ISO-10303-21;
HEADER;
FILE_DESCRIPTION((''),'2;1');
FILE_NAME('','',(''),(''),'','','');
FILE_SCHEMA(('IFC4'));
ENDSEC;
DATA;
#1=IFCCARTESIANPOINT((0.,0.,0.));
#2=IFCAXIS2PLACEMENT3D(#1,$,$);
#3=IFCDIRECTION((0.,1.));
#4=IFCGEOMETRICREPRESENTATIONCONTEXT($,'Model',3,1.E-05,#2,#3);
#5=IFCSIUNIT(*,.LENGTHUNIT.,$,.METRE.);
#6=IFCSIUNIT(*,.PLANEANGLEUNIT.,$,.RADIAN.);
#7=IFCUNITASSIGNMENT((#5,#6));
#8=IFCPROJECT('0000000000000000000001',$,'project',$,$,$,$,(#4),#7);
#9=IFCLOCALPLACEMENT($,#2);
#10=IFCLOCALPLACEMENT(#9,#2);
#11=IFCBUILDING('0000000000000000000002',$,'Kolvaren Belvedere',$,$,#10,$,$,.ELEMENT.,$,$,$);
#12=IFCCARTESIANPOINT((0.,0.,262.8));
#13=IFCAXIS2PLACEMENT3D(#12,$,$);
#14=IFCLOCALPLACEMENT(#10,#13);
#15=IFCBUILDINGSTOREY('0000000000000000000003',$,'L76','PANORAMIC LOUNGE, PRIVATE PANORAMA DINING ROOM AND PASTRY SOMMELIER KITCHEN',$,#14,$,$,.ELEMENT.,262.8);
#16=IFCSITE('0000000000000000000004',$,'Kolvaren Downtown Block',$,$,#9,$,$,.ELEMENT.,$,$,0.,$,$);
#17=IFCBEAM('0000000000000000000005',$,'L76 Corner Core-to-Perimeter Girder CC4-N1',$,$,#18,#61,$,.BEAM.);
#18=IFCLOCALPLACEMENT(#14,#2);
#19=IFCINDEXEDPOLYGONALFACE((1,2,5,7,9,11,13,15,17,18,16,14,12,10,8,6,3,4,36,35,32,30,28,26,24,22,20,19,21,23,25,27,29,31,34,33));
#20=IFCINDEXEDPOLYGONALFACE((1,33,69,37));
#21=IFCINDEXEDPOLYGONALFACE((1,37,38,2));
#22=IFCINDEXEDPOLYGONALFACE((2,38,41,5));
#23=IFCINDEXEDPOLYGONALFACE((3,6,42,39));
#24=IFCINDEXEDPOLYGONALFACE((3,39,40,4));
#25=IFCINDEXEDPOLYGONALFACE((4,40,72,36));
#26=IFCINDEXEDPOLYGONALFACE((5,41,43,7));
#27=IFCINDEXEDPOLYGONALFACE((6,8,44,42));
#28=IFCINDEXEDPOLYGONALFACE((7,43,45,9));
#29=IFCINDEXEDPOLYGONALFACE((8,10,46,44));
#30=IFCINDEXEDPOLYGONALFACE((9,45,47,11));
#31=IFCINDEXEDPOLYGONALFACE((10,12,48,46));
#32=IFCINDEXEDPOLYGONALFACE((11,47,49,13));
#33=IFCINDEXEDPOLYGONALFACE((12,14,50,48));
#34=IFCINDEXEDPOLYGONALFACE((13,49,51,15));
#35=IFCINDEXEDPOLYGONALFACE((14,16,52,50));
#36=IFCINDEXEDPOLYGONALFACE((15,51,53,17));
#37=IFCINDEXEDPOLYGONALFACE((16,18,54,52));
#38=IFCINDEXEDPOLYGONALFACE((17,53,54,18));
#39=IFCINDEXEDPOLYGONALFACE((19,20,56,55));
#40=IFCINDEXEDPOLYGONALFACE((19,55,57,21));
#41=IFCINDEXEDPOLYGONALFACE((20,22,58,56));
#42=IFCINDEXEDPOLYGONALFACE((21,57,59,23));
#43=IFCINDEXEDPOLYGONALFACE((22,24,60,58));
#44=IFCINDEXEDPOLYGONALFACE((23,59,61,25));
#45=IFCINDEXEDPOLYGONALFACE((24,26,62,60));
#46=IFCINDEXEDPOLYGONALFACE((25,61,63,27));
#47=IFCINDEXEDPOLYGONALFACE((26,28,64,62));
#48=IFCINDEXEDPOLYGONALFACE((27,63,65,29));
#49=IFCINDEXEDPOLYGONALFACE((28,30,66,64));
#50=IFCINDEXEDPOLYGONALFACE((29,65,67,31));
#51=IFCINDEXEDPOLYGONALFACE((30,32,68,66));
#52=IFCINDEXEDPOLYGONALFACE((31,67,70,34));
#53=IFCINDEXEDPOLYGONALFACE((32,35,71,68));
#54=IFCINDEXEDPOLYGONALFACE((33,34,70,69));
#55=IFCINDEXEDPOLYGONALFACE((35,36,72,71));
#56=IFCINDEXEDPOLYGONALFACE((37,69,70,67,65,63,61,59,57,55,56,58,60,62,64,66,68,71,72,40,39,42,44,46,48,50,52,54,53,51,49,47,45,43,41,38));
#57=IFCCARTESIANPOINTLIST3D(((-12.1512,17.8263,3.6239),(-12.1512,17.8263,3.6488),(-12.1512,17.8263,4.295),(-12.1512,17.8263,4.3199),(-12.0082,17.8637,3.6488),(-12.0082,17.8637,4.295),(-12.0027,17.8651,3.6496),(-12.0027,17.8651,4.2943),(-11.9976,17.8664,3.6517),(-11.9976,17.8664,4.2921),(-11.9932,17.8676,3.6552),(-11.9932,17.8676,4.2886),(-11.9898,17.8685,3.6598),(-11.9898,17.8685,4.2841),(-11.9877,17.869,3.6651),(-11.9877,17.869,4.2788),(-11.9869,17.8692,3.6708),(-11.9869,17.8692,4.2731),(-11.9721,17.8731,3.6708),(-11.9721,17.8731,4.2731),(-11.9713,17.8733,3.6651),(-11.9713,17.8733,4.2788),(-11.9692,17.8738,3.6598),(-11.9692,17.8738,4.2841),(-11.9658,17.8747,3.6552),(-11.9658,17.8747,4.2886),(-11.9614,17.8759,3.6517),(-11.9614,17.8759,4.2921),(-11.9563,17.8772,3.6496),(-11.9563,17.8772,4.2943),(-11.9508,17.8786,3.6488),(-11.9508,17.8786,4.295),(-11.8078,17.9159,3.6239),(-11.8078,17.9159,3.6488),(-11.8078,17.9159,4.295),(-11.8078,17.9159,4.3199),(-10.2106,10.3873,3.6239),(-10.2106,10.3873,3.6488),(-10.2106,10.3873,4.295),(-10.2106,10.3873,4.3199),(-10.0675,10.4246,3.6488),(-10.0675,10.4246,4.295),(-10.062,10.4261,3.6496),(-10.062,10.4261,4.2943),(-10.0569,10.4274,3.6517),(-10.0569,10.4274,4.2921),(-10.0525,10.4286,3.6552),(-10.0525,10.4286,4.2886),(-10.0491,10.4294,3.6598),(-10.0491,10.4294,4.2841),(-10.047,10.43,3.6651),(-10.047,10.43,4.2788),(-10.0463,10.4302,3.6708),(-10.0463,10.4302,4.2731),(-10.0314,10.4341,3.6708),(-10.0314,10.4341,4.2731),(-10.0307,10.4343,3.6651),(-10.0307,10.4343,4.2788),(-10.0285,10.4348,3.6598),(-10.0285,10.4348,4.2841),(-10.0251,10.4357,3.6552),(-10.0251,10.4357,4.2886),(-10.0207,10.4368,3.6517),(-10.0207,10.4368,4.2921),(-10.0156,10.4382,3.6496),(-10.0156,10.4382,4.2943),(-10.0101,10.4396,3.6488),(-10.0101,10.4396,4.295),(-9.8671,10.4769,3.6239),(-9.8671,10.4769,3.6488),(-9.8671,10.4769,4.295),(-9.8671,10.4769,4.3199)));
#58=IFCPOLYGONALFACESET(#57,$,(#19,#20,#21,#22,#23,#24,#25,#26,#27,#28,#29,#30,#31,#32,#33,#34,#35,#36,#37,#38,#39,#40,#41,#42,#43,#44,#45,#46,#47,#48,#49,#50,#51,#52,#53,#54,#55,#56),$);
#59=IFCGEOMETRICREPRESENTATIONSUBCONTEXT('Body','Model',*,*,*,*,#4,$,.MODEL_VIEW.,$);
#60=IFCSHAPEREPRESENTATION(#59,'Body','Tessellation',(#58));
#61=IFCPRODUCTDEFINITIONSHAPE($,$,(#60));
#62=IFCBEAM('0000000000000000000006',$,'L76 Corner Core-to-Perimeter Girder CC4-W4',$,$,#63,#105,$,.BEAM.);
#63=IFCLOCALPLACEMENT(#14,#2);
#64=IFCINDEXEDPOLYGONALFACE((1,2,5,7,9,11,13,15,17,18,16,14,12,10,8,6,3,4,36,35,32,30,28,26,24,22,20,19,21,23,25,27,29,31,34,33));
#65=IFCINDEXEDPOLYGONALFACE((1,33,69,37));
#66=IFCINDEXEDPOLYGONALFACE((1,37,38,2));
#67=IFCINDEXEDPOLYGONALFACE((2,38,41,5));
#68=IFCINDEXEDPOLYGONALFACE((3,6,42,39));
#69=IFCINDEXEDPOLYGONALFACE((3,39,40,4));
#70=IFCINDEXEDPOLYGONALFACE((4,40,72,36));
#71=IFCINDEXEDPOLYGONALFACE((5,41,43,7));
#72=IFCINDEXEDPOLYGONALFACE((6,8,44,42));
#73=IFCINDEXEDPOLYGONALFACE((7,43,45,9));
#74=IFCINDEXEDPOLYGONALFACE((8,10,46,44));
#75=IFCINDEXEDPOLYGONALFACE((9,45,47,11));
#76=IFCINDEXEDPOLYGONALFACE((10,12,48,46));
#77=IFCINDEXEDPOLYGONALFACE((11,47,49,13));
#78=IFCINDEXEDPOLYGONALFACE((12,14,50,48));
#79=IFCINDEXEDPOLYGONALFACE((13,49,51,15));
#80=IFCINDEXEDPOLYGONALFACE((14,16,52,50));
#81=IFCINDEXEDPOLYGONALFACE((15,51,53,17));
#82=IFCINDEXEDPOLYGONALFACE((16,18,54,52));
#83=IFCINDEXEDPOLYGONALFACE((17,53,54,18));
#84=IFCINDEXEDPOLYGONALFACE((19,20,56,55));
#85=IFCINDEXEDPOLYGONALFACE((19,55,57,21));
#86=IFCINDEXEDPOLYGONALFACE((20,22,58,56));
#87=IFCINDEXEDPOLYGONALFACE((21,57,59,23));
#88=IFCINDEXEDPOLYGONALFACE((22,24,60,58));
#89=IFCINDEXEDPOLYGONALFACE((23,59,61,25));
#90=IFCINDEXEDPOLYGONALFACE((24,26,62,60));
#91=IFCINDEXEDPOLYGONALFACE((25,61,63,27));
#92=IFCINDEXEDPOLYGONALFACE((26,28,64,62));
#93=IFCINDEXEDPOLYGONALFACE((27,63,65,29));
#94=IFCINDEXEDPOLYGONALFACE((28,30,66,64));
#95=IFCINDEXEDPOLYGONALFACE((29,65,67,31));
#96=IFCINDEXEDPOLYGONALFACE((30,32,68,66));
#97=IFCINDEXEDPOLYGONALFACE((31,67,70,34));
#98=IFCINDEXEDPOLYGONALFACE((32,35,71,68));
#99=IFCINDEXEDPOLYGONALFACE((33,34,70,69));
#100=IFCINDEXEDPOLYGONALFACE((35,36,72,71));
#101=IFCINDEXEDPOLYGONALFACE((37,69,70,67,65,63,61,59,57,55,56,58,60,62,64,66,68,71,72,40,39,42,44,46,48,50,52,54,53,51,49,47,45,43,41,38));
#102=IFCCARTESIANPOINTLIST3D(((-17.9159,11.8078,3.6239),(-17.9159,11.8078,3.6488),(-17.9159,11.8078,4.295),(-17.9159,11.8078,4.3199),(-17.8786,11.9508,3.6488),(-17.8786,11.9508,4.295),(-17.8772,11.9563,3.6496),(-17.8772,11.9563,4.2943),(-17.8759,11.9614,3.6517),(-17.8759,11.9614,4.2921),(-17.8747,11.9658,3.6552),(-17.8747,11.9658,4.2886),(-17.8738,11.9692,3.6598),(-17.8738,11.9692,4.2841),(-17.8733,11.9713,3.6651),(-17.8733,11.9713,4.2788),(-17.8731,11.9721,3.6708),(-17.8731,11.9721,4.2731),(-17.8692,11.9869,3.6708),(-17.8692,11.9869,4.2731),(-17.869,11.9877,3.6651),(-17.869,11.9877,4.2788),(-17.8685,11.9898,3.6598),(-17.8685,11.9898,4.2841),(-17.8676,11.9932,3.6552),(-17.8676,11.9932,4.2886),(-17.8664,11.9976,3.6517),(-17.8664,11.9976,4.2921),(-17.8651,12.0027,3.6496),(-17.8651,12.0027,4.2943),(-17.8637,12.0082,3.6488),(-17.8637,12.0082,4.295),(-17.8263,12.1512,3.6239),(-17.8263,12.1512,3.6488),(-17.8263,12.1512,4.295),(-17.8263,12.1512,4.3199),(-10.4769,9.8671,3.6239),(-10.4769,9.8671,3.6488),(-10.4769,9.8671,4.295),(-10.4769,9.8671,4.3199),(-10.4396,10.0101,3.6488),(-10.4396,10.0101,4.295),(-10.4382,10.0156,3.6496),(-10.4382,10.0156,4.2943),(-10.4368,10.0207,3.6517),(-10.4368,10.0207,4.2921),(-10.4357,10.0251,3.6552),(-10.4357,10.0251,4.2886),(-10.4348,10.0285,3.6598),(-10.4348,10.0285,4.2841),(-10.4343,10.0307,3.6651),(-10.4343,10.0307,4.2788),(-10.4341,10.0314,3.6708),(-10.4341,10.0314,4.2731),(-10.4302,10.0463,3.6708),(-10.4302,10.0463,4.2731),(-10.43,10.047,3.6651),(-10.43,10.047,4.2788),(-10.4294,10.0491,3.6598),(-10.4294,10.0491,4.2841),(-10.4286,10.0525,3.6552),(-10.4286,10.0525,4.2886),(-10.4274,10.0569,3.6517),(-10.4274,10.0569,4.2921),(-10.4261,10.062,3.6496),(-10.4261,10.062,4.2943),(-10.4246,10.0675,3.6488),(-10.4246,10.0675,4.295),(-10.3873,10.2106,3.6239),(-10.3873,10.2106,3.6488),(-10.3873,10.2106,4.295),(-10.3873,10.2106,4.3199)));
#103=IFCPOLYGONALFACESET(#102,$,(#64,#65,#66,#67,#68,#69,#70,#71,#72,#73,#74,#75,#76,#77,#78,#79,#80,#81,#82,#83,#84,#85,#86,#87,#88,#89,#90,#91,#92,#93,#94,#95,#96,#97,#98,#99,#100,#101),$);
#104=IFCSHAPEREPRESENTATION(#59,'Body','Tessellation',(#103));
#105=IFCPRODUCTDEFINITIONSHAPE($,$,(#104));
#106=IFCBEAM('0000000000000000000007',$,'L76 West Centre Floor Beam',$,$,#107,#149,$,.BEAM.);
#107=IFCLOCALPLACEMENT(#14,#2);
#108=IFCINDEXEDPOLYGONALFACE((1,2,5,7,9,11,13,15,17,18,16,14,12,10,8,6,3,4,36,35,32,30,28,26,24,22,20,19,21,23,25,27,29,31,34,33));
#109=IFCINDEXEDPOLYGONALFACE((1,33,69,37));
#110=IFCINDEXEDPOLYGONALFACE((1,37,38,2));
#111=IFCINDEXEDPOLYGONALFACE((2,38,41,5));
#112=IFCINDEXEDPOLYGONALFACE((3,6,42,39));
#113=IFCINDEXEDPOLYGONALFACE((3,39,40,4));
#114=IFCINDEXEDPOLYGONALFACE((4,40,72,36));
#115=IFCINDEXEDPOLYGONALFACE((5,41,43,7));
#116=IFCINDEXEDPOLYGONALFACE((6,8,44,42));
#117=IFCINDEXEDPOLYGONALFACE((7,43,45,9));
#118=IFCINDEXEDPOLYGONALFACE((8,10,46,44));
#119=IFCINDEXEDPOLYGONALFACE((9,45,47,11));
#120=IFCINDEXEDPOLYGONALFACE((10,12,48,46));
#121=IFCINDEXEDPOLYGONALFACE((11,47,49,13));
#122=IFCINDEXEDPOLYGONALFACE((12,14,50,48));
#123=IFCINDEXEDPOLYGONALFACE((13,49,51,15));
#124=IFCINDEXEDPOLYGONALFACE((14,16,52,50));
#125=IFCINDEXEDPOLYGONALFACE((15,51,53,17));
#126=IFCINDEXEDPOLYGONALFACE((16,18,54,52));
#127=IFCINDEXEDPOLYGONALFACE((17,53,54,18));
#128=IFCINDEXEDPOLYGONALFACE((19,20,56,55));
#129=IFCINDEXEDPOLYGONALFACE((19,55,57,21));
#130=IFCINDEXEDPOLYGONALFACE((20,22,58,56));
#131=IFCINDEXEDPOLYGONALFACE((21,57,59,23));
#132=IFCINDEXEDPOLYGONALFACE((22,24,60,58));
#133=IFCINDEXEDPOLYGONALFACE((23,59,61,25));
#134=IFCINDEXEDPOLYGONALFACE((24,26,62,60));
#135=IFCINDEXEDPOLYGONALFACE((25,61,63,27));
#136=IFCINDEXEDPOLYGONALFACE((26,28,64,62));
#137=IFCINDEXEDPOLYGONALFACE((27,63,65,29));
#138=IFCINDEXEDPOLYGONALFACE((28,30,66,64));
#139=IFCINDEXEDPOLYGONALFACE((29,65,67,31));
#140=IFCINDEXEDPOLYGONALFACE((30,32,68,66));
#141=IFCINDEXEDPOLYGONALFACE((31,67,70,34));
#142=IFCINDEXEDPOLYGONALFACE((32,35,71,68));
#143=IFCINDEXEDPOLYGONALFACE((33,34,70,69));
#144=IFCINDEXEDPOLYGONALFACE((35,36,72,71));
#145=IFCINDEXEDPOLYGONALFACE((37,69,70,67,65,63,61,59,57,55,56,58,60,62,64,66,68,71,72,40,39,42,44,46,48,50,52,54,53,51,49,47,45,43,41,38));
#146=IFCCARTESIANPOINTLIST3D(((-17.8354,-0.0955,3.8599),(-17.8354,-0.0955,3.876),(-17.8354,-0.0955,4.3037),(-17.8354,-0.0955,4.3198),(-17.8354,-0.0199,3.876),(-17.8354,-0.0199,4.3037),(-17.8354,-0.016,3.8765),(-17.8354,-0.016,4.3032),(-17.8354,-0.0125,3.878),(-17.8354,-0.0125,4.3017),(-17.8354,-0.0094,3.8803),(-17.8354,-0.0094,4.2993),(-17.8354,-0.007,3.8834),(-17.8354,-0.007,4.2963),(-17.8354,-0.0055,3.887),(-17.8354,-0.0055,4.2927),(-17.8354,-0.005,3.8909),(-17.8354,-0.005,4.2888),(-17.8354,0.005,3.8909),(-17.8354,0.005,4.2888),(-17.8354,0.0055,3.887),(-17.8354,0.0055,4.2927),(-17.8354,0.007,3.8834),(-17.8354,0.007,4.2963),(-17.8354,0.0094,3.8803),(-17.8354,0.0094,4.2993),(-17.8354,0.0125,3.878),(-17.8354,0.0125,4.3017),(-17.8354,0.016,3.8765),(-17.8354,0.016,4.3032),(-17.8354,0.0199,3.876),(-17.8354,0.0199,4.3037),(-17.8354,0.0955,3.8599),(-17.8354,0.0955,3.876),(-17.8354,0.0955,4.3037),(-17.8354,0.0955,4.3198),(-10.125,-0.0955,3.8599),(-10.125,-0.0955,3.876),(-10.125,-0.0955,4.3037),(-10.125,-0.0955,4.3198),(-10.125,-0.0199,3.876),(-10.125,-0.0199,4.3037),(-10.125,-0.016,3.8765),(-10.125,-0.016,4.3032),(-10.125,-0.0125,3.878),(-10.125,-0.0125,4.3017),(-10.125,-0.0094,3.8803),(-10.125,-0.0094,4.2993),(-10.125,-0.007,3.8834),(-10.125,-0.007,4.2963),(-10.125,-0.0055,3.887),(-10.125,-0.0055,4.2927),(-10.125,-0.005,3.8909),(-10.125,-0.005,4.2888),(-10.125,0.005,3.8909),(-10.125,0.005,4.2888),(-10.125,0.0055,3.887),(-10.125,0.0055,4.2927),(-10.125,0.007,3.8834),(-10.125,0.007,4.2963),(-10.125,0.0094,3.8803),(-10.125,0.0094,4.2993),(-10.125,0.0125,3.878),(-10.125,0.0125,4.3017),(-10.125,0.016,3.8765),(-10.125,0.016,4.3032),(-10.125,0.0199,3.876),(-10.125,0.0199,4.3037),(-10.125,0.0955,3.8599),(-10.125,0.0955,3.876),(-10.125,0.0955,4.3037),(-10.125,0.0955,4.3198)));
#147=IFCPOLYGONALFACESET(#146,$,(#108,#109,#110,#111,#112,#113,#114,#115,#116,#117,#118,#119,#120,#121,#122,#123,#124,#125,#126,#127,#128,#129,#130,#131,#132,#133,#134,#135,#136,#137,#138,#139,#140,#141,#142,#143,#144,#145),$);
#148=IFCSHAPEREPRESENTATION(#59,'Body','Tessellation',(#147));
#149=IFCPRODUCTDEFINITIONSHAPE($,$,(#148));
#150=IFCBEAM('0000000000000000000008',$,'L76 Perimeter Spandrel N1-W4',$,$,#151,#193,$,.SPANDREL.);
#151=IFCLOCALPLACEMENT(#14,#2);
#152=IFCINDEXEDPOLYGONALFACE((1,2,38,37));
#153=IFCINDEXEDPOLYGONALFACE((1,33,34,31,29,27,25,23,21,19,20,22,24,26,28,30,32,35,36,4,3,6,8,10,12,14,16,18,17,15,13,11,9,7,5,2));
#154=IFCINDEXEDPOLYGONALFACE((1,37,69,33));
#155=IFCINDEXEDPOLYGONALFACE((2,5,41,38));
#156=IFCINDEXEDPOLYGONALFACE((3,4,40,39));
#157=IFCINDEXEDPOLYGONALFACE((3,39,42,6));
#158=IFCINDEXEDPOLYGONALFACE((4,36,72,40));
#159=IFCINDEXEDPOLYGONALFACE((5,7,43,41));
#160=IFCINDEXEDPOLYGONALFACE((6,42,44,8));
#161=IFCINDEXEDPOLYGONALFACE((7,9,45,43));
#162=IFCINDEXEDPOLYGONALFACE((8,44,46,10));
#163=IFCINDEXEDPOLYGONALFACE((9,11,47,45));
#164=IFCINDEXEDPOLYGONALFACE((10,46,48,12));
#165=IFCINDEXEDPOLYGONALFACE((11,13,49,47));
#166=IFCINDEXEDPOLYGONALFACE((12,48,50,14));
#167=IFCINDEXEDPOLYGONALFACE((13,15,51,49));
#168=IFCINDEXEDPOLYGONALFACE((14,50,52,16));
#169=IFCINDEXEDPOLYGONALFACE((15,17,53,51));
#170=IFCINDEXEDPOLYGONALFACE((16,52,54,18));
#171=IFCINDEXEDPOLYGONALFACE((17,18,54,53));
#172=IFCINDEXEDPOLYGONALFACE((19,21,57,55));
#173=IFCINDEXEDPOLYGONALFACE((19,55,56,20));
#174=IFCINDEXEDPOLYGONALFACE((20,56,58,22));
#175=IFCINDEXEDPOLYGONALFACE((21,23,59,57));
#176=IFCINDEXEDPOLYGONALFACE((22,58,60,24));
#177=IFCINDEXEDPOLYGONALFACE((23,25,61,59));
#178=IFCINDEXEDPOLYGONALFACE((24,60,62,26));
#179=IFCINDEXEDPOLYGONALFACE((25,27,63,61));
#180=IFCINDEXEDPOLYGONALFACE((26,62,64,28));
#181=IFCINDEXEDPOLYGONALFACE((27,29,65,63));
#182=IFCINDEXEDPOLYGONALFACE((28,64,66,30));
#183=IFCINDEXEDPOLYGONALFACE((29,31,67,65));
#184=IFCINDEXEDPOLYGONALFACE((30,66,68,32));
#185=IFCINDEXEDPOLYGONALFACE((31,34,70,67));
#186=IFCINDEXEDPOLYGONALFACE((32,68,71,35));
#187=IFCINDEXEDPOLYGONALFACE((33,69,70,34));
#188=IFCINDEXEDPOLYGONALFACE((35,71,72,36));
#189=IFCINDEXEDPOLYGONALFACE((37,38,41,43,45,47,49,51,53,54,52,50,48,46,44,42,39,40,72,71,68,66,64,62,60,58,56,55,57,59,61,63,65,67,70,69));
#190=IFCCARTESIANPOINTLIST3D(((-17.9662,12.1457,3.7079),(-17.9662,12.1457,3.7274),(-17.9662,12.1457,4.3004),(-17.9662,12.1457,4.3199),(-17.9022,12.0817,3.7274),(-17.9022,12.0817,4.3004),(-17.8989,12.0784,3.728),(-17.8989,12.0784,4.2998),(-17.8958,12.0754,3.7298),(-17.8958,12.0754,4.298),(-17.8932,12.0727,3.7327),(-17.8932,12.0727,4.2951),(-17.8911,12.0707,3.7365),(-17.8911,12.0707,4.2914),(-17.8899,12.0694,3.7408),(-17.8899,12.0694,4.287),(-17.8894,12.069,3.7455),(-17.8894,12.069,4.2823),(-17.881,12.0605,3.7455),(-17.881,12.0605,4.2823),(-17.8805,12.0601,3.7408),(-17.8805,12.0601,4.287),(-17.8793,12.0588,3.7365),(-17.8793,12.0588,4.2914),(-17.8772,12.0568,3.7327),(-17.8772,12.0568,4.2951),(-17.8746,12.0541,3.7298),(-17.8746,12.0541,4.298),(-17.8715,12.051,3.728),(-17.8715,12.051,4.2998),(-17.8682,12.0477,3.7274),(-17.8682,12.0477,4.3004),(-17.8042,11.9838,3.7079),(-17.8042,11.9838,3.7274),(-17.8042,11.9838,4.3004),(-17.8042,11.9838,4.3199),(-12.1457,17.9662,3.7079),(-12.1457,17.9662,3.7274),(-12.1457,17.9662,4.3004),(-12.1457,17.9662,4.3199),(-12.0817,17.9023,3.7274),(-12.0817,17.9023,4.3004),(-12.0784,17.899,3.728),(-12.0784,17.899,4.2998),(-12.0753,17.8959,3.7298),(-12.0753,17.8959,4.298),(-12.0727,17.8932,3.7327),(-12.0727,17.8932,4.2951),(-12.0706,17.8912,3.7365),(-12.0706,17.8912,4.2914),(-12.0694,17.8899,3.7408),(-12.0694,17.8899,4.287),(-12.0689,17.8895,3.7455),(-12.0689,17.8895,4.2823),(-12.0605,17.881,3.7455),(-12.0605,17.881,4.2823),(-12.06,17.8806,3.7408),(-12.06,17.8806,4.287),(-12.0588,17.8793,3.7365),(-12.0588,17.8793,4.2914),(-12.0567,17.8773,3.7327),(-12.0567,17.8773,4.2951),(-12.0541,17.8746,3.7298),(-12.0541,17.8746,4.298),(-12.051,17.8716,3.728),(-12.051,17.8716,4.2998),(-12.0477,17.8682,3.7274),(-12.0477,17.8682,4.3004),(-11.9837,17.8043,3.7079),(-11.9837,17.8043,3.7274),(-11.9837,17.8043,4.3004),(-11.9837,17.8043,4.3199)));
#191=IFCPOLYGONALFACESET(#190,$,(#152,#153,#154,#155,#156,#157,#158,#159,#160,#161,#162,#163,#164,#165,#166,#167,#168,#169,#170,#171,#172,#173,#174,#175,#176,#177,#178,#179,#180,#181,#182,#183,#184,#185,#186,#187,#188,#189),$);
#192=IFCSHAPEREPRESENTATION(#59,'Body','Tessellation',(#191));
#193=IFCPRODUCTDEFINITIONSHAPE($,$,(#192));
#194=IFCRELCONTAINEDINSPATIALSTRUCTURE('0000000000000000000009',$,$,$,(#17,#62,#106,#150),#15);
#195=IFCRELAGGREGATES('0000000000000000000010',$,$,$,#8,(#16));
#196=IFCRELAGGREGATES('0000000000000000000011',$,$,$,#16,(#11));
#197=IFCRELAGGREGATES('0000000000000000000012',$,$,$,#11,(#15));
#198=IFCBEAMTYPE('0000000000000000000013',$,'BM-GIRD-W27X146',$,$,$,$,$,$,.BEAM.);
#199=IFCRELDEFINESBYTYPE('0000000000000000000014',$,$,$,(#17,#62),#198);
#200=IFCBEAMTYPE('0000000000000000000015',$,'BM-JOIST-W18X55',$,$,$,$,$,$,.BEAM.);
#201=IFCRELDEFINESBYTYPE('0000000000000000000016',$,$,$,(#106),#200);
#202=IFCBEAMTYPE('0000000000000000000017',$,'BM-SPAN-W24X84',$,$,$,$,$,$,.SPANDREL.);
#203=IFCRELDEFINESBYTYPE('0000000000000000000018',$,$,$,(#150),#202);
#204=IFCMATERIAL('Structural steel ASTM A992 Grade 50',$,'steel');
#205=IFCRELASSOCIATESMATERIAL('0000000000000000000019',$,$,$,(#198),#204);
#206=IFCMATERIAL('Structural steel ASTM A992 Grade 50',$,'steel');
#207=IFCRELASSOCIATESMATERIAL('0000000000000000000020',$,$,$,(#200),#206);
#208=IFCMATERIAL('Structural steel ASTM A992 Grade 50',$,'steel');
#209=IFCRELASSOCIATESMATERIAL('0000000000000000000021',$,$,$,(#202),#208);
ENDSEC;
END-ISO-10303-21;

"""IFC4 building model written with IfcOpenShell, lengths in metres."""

from ifc_helpers import new_model, si_unit, direction, frame, origin, origin_2d, place, context, subcontext, project, spatial, i_section, extrude, material, material_profile, profile_set, type_object, element, save


model = new_model("IFC4")

# Units and contexts
model_context = context("Model", 3, precision=1e-05, world=origin(), true_north=direction((0.0, 1.0)))
body_context = subcontext(model_context, "Body", "Model", "MODEL_VIEW")
ifc_project = project(units=[si_unit("LENGTHUNIT", "METRE"), si_unit("PLANEANGLEUNIT", "RADIAN")], contexts=[model_context])

# Site, building, storey
site_placement = place(None, origin())
site = spatial("IfcSite", under=ifc_project, at=site_placement, Name="Kolvaren Downtown Block", CompositionType="ELEMENT", RefElevation=0.0)
building_placement = place(site_placement, origin())
building = spatial("IfcBuilding", under=site, at=building_placement, Name="Kolvaren Belvedere", CompositionType="ELEMENT")
storey_placement = place(building_placement, frame((0.0, 0.0, 262.8)))
storey = spatial("IfcBuildingStorey", under=building, at=storey_placement, Name="L76", Description="PANORAMIC LOUNGE, PRIVATE PANORAMA DINING ROOM AND PASTRY SOMMELIER KITCHEN", CompositionType="ELEMENT", Elevation=262.8)

# Beams
ifc_material_1 = material(Name="Structural steel ASTM A992 Grade 50", Category="steel")
ifc_material_profile_1 = material_profile(ifc_material_1, i_section(OverallWidth=0.355, OverallDepth=0.696, WebThickness=0.0154, FlangeThickness=0.0249, FilletRadius=0.022, at=origin_2d()), Name="W27X146")
ifc_profile_set_1 = profile_set([ifc_material_profile_1], Name="Structural steel ASTM A992 Grade 50")
beam_type_1 = type_object("IfcBeamType", Name="BM-GIRD-W27X146", PredefinedType="BEAM", material=ifc_profile_set_1)
for number, where, z_axis, x_axis, name in (
    (1, (-10.0388, 10.4321, 3.9719), (-0.252431, 0.967615, 0.0), (-0.967615, -0.252431, 0.0), "L76 Corner Core-to-Perimeter Girder CC4-N1"),
    (2, (-10.4321, 10.0388, 3.9719), (-0.967615, 0.252431, 0.0), (-0.252431, -0.967615, 0.0), "L76 Corner Core-to-Perimeter Girder CC4-W4"),
):
    element("IfcBeam", number, at=place(storey_placement, frame(where, z_axis=z_axis, x_axis=x_axis)), inside=storey, type_object=beam_type_1, Name=name, PredefinedType="BEAM", context=body_context, shape_type="SweptSolid", body=[
        extrude(i_section(OverallWidth=0.355, OverallDepth=0.696, WebThickness=0.0154, FlangeThickness=0.0249, FilletRadius=0.022, at=origin_2d()), origin(), (0.0, 0.0, 1.0), 7.688),
    ])
ifc_material_2 = material(Name="Structural steel ASTM A992 Grade 50", Category="steel")
ifc_material_profile_2 = material_profile(ifc_material_2, i_section(OverallWidth=0.1909, OverallDepth=0.46, WebThickness=0.01, FlangeThickness=0.0161, FilletRadius=0.0149, at=origin_2d()), Name="W18X55")
ifc_profile_set_2 = profile_set([ifc_material_profile_2], Name="Structural steel ASTM A992 Grade 50")
beam_type_2 = type_object("IfcBeamType", Name="BM-JOIST-W18X55", PredefinedType="BEAM", material=ifc_profile_set_2)
beam_1_placement = place(storey_placement, frame((-10.125, 0.0, 4.0898), z_axis=(-1.0, 0.0, 0.0), x_axis=(0.0, -1.0, 0.0)))
element("IfcBeam", 3, at=beam_1_placement, inside=storey, type_object=beam_type_2, Name="L76 West Centre Floor Beam", PredefinedType="BEAM", context=body_context, shape_type="SweptSolid", body=[
    extrude(i_section(OverallWidth=0.1909, OverallDepth=0.46, WebThickness=0.01, FlangeThickness=0.0161, FilletRadius=0.0149, at=origin_2d()), origin(), (0.0, 0.0, 1.0), 7.7104),
])
ifc_material_3 = material(Name="Structural steel ASTM A992 Grade 50", Category="steel")
ifc_material_profile_3 = material_profile(ifc_material_3, i_section(OverallWidth=0.229, OverallDepth=0.6121, WebThickness=0.012, FlangeThickness=0.0195, FilletRadius=0.0181, at=origin_2d()), Name="W24X84")
ifc_profile_set_3 = profile_set([ifc_material_profile_3], Name="Structural steel ASTM A992 Grade 50")
beam_type_3 = type_object("IfcBeamType", Name="BM-SPAN-W24X84", PredefinedType="SPANDREL", material=ifc_profile_set_3)
beam_2_placement = place(storey_placement, frame((-12.0647, 17.8853, 4.0139), z_axis=(-0.707107, -0.707107, 0.0), x_axis=(0.707107, -0.707107, 0.0)))
element("IfcBeam", 4, at=beam_2_placement, inside=storey, type_object=beam_type_3, Name="L76 Perimeter Spandrel N1-W4", PredefinedType="SPANDREL", context=body_context, shape_type="SweptSolid", body=[
    extrude(i_section(OverallWidth=0.229, OverallDepth=0.6121, WebThickness=0.012, FlangeThickness=0.0195, FilletRadius=0.0181, at=origin_2d()), origin(), (0.0, 0.0, 1.0), 8.2314),
])

save(model, "model.ifc")
